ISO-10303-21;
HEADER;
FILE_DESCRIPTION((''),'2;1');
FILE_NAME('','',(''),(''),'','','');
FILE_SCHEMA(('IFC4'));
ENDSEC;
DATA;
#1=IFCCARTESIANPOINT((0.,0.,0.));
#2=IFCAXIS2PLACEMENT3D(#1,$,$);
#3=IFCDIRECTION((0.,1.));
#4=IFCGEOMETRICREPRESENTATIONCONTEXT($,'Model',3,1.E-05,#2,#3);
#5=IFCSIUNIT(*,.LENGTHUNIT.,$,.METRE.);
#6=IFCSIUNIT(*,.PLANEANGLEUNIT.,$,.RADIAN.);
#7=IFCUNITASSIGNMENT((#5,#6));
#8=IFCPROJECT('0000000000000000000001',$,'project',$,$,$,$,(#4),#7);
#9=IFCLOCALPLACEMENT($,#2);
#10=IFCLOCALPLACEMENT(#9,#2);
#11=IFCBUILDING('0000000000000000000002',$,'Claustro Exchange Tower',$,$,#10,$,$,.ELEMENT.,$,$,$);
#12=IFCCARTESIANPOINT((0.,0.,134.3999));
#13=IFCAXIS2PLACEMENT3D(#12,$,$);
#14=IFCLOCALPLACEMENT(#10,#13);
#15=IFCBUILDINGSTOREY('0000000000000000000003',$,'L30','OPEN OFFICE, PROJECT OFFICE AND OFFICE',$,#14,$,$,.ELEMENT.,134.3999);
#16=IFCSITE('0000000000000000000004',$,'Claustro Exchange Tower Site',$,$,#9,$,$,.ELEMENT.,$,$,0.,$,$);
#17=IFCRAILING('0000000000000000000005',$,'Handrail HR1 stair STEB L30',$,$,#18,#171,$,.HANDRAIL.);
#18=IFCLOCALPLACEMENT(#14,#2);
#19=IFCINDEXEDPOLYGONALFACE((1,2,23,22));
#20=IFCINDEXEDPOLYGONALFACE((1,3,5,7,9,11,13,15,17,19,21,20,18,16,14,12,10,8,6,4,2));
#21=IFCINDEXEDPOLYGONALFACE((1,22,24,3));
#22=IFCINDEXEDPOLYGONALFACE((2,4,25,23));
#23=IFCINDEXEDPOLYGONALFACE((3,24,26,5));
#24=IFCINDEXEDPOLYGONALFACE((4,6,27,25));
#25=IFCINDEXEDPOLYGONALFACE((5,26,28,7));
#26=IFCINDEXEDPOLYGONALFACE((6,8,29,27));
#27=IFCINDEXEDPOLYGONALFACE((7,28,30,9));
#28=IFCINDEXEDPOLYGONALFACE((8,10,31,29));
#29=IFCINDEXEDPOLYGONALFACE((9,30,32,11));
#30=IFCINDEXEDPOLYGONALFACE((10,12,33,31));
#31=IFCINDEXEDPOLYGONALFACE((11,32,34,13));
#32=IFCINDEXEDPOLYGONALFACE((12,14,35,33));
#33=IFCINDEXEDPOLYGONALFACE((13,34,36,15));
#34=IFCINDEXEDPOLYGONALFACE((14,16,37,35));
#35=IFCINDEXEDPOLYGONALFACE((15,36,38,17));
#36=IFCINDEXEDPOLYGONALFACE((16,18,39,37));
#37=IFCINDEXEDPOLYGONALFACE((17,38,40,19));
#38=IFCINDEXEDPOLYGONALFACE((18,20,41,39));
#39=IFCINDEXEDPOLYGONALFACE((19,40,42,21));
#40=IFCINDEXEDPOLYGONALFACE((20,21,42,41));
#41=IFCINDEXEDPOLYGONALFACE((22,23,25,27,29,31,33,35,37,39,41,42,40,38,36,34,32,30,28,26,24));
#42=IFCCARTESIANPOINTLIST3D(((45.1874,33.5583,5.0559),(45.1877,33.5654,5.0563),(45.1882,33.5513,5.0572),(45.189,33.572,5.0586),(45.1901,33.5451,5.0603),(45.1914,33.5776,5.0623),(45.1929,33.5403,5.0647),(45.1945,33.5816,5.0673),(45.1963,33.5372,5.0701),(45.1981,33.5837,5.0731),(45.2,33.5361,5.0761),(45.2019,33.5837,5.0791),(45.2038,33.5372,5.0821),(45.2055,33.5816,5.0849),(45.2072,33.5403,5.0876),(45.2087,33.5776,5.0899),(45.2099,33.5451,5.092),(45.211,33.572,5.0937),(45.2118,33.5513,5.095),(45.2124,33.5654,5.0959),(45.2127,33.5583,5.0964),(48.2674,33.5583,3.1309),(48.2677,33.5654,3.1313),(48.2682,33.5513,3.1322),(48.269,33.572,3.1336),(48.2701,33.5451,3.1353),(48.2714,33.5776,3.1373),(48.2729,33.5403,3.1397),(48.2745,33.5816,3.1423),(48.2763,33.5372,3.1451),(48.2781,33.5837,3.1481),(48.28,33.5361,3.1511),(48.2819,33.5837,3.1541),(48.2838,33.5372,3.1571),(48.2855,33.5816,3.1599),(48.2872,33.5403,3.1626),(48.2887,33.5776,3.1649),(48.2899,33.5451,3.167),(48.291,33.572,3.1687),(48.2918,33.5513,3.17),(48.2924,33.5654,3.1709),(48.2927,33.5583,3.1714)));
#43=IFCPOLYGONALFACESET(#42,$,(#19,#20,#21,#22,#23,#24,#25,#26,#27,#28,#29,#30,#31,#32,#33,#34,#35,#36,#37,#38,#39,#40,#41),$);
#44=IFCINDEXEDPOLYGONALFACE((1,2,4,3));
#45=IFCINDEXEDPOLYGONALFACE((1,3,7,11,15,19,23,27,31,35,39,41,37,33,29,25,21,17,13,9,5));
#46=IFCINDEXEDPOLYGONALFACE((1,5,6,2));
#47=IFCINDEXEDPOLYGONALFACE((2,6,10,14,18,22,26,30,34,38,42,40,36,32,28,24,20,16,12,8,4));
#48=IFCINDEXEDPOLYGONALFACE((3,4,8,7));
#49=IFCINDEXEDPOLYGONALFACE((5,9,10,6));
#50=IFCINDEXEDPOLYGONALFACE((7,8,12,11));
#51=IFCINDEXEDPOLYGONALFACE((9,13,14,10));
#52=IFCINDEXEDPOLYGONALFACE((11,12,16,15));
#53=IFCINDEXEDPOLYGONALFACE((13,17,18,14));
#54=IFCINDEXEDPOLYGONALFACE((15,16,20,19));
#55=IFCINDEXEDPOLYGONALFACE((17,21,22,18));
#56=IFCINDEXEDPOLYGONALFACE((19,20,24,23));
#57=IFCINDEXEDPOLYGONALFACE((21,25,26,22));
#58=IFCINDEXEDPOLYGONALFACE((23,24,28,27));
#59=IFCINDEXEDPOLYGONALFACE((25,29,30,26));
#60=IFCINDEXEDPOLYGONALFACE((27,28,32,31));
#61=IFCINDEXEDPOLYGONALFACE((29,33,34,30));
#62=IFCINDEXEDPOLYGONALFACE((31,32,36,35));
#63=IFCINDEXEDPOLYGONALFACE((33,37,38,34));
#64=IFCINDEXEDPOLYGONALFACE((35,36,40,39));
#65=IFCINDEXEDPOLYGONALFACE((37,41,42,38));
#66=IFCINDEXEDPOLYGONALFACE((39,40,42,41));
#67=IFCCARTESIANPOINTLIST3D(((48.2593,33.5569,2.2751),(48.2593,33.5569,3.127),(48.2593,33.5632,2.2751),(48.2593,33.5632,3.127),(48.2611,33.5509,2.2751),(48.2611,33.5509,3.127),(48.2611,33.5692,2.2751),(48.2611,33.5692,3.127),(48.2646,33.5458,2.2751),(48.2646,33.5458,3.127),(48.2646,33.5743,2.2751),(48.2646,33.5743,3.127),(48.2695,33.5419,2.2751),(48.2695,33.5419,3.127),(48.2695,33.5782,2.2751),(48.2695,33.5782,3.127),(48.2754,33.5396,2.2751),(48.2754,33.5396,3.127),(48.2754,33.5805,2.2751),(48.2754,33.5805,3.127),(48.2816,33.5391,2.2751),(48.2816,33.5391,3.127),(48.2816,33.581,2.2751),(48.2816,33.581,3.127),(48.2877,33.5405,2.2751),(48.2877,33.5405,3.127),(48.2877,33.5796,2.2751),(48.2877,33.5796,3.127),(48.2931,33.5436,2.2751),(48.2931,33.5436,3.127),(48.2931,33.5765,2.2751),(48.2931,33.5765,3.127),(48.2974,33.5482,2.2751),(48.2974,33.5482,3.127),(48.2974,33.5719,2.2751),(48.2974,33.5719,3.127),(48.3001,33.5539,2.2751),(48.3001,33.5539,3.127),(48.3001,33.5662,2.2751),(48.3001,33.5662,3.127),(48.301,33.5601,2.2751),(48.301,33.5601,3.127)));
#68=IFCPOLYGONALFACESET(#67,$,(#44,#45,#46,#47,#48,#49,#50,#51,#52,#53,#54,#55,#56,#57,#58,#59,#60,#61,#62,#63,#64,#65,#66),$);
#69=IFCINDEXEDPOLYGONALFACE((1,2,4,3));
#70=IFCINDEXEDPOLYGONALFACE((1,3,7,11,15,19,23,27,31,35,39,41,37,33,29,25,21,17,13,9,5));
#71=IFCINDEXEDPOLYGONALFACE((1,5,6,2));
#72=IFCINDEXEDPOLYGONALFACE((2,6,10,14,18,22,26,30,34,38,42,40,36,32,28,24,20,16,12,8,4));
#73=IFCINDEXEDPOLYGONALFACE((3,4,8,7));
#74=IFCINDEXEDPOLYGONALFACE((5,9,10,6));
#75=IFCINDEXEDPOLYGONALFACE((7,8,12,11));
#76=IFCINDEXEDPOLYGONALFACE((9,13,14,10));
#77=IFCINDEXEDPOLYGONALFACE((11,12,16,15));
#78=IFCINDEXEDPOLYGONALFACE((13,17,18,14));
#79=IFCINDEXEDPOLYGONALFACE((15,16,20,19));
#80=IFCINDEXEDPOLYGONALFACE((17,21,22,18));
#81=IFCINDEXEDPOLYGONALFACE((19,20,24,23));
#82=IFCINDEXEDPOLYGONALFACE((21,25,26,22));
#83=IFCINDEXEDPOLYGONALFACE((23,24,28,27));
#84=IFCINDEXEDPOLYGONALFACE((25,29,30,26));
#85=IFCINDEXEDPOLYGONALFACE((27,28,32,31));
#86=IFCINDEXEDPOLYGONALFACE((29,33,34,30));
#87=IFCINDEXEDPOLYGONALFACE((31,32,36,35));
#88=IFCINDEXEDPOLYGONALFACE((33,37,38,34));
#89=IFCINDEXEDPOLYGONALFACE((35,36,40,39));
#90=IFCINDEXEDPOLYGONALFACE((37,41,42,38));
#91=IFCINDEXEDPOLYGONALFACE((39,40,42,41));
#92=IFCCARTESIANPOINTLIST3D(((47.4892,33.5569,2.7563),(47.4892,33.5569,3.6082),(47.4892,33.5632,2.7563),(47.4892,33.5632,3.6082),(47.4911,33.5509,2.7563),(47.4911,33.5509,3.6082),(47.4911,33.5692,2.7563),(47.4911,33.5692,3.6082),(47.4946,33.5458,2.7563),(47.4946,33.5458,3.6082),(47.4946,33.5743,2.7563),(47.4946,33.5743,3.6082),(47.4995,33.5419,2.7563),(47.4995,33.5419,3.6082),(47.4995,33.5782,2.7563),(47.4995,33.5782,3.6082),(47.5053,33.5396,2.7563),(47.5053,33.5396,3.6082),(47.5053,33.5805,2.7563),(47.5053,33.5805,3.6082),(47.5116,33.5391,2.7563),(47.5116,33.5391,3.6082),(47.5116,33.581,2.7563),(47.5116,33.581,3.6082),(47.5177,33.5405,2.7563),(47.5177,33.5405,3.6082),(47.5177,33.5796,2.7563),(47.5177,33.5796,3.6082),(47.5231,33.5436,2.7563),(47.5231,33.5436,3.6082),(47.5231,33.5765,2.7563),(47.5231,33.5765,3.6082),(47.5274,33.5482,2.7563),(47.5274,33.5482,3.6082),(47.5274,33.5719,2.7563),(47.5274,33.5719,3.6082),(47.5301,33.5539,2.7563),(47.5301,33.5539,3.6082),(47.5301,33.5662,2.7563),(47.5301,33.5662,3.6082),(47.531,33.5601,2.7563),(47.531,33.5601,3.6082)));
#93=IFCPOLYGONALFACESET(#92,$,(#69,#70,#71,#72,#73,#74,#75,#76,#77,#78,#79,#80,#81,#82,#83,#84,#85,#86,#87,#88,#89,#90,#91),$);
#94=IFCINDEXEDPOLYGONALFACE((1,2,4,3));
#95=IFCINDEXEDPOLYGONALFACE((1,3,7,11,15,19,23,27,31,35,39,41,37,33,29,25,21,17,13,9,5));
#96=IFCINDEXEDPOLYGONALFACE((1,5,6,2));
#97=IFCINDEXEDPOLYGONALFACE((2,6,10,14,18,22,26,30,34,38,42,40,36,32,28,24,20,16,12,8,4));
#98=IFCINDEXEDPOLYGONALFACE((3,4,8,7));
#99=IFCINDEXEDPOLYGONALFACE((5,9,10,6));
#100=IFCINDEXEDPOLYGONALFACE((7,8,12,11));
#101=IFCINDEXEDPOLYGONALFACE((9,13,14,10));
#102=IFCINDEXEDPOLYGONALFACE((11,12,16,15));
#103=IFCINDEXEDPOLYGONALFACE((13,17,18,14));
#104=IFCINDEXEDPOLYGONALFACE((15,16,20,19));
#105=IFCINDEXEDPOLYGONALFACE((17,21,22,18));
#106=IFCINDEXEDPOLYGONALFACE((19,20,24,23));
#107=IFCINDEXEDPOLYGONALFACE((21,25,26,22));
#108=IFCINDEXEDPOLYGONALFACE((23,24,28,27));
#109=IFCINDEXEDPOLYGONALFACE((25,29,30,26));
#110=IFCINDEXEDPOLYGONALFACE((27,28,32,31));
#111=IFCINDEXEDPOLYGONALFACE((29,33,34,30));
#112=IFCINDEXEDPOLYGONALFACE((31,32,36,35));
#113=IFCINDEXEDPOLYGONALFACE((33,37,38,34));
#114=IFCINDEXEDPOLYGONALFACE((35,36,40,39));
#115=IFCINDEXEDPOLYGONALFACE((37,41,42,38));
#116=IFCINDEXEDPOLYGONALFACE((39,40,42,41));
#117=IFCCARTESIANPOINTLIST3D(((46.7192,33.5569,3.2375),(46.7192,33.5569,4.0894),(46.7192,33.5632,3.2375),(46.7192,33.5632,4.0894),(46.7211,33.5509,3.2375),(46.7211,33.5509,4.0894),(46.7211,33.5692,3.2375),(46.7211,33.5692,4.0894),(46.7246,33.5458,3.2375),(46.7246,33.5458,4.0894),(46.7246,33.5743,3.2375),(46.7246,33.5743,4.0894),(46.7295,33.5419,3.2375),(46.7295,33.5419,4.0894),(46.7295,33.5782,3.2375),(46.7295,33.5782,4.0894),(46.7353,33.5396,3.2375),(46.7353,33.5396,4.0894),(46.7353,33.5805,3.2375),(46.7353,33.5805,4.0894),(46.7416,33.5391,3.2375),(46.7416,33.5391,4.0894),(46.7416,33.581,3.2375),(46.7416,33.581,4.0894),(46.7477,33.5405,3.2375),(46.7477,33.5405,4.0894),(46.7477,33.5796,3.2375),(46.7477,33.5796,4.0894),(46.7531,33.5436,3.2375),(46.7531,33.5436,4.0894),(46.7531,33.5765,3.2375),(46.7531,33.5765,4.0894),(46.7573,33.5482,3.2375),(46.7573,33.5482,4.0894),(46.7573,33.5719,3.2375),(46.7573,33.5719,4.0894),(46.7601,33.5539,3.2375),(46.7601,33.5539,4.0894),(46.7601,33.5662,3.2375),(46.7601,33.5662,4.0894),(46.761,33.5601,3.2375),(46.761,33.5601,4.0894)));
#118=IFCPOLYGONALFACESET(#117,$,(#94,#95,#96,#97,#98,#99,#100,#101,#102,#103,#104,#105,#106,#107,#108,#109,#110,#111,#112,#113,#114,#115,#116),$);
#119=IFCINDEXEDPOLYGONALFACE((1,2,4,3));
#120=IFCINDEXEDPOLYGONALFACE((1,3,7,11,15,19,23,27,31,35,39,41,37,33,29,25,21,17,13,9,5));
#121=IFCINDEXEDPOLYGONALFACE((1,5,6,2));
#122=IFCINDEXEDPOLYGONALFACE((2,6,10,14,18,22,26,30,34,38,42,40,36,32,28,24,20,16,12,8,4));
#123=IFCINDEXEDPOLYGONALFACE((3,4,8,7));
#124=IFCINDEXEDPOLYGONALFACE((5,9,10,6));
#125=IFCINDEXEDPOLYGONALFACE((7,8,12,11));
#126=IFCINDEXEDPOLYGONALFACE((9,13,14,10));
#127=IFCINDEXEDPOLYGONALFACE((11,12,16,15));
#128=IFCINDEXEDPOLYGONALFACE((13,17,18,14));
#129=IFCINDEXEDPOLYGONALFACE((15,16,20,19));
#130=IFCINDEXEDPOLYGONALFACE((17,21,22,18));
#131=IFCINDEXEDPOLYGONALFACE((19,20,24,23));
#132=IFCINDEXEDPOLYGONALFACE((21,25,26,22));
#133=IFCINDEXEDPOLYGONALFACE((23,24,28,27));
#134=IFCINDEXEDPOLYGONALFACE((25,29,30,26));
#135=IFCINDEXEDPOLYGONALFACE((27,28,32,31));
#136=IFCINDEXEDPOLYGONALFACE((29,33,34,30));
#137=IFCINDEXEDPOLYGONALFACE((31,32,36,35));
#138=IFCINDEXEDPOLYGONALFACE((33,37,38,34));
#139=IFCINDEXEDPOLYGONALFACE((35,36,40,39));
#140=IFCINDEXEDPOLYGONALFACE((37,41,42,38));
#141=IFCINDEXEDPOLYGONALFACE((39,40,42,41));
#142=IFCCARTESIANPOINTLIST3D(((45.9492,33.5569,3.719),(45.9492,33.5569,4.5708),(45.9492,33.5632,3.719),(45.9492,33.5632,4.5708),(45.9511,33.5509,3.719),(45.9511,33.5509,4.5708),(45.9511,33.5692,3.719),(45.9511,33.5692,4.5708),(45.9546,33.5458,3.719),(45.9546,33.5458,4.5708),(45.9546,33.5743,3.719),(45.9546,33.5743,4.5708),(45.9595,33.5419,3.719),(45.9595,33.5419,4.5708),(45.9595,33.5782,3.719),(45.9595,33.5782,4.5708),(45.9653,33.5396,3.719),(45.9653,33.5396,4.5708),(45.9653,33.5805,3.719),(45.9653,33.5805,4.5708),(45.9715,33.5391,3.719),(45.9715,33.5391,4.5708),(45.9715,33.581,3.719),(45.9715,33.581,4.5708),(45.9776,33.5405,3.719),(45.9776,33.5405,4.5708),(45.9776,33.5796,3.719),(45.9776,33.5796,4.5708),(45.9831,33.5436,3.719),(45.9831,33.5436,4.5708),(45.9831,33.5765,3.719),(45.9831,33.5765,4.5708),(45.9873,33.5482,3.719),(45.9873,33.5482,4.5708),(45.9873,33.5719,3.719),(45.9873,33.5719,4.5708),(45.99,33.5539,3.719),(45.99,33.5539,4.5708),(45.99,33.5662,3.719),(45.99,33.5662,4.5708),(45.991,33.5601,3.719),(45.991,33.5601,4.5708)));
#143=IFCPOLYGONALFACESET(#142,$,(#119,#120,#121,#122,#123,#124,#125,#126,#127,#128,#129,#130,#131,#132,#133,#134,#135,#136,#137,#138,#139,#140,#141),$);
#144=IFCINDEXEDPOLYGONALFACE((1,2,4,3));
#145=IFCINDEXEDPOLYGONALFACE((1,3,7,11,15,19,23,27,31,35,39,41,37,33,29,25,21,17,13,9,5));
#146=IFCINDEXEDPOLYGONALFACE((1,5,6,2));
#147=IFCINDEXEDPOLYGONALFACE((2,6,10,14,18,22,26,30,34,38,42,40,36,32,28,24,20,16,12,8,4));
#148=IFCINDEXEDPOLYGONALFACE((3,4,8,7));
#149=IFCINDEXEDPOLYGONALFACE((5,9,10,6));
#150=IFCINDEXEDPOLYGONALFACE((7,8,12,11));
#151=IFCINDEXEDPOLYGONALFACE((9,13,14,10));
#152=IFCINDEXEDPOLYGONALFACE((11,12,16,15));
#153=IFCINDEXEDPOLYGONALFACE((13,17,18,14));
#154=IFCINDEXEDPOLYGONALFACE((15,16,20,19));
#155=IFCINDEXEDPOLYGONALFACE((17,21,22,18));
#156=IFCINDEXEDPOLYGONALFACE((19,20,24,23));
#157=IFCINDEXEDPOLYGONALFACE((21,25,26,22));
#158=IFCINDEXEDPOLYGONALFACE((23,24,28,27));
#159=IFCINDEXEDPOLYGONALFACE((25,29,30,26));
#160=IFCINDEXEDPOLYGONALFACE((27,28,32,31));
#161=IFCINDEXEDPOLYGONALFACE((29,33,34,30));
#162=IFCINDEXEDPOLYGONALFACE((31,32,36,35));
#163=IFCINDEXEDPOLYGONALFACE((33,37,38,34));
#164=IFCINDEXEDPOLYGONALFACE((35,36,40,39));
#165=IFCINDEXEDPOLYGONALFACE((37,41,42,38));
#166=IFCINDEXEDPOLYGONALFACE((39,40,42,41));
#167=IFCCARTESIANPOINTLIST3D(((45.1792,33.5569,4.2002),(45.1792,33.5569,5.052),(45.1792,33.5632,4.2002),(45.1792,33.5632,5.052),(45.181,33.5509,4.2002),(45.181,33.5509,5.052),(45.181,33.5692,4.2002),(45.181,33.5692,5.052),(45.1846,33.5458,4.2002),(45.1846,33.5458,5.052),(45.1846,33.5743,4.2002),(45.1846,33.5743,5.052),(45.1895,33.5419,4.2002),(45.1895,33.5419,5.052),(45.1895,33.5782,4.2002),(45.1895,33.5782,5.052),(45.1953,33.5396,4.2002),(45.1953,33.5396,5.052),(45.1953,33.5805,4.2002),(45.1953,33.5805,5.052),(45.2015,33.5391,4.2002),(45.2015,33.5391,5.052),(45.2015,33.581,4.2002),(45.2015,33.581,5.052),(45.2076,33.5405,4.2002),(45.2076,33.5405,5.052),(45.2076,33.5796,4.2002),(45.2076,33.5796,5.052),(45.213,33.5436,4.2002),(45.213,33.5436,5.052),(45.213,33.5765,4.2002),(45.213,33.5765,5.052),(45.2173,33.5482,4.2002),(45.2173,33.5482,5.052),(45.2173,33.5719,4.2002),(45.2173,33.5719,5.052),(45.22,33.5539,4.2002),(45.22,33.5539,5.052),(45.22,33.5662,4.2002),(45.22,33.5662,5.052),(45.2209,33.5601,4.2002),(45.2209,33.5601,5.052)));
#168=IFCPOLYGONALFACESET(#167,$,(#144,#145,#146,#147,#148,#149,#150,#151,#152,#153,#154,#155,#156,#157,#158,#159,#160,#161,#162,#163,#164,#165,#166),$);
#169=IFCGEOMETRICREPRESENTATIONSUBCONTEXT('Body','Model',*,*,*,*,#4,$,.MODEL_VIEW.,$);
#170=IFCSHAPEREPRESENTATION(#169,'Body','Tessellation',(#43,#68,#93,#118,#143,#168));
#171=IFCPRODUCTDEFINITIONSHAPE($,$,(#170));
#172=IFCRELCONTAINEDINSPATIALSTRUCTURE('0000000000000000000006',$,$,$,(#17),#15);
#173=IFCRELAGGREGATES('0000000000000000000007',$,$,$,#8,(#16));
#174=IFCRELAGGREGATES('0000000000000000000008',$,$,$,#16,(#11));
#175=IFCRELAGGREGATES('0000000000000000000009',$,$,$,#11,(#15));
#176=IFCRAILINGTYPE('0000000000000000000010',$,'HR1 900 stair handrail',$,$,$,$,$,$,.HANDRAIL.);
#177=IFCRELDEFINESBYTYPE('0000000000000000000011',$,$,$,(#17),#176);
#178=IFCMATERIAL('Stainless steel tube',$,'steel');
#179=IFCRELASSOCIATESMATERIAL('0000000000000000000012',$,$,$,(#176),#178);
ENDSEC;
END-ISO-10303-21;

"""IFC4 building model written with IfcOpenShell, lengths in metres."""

from ifc_helpers import new_model, si_unit, direction, frame, origin, origin_2d, place, context, subcontext, project, spatial, circle, extrude, material, type_object, element, save


model = new_model("IFC4")

# Units and contexts
model_context = context("Model", 3, precision=1e-05, world=origin(), true_north=direction((0.0, 1.0)))
body_context = subcontext(model_context, "Body", "Model", "MODEL_VIEW")
ifc_project = project(units=[si_unit("LENGTHUNIT", "METRE"), si_unit("PLANEANGLEUNIT", "RADIAN")], contexts=[model_context])

# Site, building, storey
site_placement = place(None, origin())
site = spatial("IfcSite", under=ifc_project, at=site_placement, Name="Claustro Exchange Tower Site", CompositionType="ELEMENT", RefElevation=0.0)
building_placement = place(site_placement, origin())
building = spatial("IfcBuilding", under=site, at=building_placement, Name="Claustro Exchange Tower", CompositionType="ELEMENT")
storey_placement = place(building_placement, frame((0.0, 0.0, 134.3999)))
storey = spatial("IfcBuildingStorey", under=building, at=storey_placement, Name="L30", Description="OPEN OFFICE, PROJECT OFFICE AND OFFICE", CompositionType="ELEMENT", Elevation=134.3999)

# Railing
ifc_material_1 = material(Name="Stainless steel tube", Category="steel")
railing_type_1 = type_object("IfcRailingType", Name="HR1 900 stair handrail", PredefinedType="HANDRAIL", material=ifc_material_1)
railing_1_placement = place(storey_placement, frame((48.28, 33.5601, 2.2751)))
element("IfcRailing", 1, at=railing_1_placement, inside=storey, type_object=railing_type_1, Name="Handrail HR1 stair STEB L30", PredefinedType="HANDRAIL", context=body_context, shape_type="SweptSolid", body=[
    extrude(circle(Radius=0.0239, at=origin_2d()), frame((0.0, 0.0, 0.876), z_axis=(-0.847998, 0.0, 0.529999), x_axis=(0.0, -1.0, 0.0)), (0.0, 0.0, 1.0), 3.6321),
    extrude(circle(Radius=0.021, at=origin_2d()), origin(), (0.0, 0.0, 1.0), 0.8518),
    extrude(circle(Radius=0.021, at=origin_2d()), frame((-0.77, 0.0, 0.4812)), (0.0, 0.0, 1.0), 0.8518),
    extrude(circle(Radius=0.021, at=origin_2d()), frame((-1.54, 0.0, 0.9624)), (0.0, 0.0, 1.0), 0.8518),
    extrude(circle(Radius=0.021, at=origin_2d()), frame((-2.3101, 0.0, 1.4438)), (0.0, 0.0, 1.0), 0.8518),
    extrude(circle(Radius=0.021, at=origin_2d()), frame((-3.0801, 0.0, 1.925)), (0.0, 0.0, 1.0), 0.8518),
])

save(model, "model.ifc")
